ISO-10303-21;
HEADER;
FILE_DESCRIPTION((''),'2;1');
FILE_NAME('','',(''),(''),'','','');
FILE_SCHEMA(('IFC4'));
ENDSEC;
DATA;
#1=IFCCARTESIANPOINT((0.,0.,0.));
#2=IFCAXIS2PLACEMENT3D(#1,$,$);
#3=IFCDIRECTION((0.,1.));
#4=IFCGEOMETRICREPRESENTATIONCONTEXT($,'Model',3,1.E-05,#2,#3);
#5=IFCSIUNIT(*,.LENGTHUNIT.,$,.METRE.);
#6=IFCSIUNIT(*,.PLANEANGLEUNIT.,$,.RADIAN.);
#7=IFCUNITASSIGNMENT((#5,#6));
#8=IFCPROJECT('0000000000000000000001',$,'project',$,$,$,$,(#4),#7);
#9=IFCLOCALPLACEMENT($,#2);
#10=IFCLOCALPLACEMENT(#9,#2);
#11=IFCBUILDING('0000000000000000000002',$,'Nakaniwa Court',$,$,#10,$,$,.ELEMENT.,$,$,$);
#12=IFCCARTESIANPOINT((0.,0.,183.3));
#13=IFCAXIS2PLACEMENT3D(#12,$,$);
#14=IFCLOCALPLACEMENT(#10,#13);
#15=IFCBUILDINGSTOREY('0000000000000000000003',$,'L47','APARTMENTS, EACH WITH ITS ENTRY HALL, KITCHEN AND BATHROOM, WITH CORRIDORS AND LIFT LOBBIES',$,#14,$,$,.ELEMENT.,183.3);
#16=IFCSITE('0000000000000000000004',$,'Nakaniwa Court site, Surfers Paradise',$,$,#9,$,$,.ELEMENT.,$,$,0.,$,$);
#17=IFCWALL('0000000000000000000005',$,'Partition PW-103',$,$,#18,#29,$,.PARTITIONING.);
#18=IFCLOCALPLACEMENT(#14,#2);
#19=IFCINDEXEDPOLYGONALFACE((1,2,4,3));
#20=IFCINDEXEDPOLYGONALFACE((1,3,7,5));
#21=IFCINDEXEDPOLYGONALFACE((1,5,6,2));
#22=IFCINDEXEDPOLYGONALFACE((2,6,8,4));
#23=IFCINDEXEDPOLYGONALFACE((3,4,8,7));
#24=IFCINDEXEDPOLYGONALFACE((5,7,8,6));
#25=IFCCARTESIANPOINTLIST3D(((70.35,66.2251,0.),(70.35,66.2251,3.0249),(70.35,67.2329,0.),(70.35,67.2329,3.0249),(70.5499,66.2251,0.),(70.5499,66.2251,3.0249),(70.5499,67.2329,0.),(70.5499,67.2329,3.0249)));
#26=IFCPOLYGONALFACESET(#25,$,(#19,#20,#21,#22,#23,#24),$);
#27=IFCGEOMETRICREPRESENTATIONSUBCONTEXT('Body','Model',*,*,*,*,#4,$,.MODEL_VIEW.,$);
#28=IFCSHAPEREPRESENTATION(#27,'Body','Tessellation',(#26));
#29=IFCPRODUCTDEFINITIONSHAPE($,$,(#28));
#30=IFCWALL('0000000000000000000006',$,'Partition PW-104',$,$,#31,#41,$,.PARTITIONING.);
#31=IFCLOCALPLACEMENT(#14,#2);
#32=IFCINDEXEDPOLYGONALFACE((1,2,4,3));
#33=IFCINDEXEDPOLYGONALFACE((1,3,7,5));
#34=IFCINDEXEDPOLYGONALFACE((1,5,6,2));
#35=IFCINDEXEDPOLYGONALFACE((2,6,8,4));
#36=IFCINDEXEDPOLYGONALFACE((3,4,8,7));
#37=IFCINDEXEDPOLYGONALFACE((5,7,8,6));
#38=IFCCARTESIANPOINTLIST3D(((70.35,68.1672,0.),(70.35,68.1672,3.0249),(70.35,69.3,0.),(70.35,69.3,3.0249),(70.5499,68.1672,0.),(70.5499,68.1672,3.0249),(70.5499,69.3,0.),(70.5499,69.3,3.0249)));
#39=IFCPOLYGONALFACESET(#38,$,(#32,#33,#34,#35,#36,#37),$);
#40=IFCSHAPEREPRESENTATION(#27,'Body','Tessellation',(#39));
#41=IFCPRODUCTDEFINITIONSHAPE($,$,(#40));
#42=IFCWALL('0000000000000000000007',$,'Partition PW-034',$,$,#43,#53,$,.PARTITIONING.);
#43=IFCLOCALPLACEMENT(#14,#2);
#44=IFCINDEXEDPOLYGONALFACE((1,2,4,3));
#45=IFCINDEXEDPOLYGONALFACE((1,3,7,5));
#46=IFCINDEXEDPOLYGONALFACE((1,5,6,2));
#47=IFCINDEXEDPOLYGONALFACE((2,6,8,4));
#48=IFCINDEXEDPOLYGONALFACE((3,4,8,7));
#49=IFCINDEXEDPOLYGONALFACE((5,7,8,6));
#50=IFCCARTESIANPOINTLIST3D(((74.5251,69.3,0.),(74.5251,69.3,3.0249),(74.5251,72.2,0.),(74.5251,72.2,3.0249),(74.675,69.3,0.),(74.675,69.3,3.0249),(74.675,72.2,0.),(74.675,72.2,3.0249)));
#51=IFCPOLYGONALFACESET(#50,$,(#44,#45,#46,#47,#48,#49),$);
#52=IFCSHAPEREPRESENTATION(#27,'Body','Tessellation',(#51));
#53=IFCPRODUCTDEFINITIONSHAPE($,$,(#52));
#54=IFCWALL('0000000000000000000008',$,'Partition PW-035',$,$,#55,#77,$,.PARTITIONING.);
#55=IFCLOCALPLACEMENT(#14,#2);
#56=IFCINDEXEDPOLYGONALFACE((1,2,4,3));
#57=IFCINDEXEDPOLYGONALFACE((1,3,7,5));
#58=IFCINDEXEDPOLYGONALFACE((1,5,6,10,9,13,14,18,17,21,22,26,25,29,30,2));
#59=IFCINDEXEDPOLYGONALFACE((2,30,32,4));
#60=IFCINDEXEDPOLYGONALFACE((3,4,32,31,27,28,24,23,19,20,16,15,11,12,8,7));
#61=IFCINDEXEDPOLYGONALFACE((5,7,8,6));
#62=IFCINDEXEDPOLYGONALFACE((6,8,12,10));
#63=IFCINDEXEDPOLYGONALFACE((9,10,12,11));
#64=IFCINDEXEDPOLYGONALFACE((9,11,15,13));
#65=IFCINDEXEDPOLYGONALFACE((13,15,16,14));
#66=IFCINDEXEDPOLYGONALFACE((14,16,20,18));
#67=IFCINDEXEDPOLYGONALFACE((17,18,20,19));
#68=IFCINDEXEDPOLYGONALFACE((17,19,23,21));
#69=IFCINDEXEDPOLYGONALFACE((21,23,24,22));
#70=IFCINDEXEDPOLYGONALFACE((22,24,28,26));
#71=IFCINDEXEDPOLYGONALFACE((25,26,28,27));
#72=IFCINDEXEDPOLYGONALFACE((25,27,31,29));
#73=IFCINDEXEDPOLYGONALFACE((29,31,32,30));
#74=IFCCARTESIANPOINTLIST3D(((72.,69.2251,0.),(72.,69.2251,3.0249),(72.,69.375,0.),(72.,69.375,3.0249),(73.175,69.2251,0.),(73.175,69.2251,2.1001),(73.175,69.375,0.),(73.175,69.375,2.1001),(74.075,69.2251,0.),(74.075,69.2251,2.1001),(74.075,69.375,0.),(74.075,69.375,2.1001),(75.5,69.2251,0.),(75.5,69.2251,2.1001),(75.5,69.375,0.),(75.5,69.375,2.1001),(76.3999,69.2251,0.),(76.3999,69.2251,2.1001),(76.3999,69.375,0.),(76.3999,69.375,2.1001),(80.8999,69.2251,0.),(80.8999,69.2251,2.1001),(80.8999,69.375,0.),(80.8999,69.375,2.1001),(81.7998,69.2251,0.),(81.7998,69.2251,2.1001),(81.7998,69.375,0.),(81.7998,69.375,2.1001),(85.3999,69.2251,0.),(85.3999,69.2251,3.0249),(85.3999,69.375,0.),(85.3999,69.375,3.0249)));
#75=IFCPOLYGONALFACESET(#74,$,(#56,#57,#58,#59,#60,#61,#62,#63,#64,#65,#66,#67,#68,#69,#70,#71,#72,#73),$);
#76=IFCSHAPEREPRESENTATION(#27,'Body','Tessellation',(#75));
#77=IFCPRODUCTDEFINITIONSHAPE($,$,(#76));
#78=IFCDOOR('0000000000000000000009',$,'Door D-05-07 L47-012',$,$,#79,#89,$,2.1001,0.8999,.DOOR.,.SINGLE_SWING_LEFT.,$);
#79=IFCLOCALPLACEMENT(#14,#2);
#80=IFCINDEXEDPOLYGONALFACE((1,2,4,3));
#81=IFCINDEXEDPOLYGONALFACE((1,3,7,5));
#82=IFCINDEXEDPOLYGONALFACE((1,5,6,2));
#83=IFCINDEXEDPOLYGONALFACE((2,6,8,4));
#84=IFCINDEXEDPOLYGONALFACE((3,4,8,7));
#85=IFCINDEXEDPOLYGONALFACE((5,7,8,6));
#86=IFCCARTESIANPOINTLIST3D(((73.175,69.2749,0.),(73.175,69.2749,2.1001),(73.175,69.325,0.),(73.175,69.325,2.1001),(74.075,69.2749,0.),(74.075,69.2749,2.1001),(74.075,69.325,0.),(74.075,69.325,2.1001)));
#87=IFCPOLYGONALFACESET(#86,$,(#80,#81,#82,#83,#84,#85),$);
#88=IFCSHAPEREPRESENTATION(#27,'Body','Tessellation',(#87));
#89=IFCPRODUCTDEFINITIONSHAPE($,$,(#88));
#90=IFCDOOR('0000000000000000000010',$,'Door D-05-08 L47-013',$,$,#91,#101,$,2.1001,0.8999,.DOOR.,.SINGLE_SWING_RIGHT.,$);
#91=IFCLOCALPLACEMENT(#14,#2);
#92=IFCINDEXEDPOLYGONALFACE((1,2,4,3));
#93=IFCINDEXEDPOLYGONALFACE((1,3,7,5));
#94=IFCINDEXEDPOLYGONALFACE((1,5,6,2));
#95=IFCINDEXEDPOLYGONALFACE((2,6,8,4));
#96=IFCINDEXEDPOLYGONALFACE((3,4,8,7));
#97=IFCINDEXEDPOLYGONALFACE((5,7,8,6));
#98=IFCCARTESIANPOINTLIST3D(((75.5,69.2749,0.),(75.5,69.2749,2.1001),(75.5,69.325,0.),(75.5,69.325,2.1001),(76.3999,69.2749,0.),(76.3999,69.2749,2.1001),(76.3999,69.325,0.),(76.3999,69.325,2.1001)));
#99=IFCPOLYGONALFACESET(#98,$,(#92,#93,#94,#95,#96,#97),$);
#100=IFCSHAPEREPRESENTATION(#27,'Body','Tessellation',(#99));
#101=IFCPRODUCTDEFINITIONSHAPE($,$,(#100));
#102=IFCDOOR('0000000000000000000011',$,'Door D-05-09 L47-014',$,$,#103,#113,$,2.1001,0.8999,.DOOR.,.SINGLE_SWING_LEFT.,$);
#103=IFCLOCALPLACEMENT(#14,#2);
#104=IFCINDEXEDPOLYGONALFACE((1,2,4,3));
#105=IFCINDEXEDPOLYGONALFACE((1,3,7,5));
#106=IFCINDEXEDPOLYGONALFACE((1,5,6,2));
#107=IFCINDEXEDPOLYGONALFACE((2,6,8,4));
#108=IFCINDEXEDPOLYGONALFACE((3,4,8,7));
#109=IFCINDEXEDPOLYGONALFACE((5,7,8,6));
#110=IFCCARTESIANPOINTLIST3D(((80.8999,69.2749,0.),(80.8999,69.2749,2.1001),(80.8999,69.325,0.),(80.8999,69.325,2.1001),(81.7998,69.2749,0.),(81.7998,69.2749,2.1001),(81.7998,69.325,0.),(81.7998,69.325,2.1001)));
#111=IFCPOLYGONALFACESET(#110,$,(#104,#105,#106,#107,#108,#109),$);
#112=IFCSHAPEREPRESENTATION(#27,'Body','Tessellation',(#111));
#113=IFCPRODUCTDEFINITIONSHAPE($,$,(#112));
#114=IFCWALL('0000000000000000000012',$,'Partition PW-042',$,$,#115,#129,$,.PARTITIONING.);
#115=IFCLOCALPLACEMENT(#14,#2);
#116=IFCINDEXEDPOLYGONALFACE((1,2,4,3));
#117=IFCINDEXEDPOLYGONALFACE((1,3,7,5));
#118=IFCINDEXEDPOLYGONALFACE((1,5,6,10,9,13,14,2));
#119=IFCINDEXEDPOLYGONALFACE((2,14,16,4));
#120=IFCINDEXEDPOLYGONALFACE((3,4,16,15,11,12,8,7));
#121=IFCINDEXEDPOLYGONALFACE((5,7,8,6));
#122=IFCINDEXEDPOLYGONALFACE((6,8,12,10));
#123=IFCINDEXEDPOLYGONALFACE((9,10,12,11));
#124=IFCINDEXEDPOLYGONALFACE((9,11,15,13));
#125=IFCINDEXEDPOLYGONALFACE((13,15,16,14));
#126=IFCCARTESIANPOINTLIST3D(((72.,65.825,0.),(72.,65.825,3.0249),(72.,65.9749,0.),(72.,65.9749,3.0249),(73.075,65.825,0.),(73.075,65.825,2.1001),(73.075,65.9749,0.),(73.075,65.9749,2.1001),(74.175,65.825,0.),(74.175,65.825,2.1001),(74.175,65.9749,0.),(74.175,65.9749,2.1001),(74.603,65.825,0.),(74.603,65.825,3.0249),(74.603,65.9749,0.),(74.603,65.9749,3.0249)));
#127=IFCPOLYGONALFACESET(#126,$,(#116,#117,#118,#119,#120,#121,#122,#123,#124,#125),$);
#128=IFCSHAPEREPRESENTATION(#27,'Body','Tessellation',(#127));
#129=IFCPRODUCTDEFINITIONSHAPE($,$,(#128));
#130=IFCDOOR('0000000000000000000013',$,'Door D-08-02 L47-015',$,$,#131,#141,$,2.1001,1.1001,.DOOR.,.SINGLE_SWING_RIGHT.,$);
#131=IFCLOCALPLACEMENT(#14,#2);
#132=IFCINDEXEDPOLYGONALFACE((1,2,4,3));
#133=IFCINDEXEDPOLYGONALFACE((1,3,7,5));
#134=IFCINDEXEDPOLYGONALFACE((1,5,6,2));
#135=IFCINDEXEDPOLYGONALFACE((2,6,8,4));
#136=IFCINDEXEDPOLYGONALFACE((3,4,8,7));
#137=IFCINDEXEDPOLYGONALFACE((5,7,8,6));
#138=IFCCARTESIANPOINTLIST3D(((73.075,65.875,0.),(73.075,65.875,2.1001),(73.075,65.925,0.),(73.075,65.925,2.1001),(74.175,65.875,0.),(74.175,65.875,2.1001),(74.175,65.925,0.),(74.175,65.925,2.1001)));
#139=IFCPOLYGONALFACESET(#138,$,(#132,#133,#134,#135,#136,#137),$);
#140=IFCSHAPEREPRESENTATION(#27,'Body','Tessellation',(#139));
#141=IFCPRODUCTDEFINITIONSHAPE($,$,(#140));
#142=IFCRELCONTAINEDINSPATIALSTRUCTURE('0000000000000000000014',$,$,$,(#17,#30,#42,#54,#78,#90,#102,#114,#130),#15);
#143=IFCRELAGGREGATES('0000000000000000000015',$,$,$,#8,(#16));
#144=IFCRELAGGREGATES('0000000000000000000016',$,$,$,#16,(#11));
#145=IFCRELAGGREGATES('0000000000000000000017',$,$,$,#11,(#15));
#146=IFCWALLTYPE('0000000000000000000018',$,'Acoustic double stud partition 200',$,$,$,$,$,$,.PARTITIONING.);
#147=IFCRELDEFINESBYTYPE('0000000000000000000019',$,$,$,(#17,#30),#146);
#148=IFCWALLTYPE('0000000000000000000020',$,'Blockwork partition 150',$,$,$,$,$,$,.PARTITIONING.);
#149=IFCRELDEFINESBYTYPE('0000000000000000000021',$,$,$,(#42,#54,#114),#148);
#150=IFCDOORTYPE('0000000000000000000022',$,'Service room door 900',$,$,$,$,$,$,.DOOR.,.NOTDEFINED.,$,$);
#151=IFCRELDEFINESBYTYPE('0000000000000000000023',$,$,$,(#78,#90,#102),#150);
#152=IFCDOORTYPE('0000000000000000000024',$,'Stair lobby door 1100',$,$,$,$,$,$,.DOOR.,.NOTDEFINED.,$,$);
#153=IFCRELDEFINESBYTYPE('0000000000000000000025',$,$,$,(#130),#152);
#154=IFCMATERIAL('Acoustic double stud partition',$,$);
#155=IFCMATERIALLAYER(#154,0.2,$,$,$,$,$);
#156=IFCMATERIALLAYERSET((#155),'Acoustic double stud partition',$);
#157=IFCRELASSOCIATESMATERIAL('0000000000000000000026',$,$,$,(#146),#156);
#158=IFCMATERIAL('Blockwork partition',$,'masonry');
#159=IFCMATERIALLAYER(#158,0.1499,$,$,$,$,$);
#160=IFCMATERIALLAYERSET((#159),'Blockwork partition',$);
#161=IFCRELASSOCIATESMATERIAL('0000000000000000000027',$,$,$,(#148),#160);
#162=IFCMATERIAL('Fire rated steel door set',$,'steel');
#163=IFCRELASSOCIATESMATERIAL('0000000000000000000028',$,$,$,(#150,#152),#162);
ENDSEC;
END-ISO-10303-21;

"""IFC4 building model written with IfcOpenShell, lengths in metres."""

from ifc_helpers import new_model, si_unit, direction, frame, frame_2d, origin, place, context, subcontext, project, spatial, rectangle, extrude, material, layer, layer_set, type_object, element, fill, save


model = new_model("IFC4")

# Units and contexts
model_context = context("Model", 3, precision=1e-05, world=origin(), true_north=direction((0.0, 1.0)))
body_context = subcontext(model_context, "Body", "Model", "MODEL_VIEW")
ifc_project = project(units=[si_unit("LENGTHUNIT", "METRE"), si_unit("PLANEANGLEUNIT", "RADIAN")], contexts=[model_context])

# Site, building, storey
site_placement = place(None, origin())
site = spatial("IfcSite", under=ifc_project, at=site_placement, Name="Nakaniwa Court site, Surfers Paradise", CompositionType="ELEMENT", RefElevation=0.0)
building_placement = place(site_placement, origin())
building = spatial("IfcBuilding", under=site, at=building_placement, Name="Nakaniwa Court", CompositionType="ELEMENT")
storey_placement = place(building_placement, frame((0.0, 0.0, 183.3)))
storey = spatial("IfcBuildingStorey", under=building, at=storey_placement, Name="L47", Description="APARTMENTS, EACH WITH ITS ENTRY HALL, KITCHEN AND BATHROOM, WITH CORRIDORS AND LIFT LOBBIES", CompositionType="ELEMENT", Elevation=183.3)

# Shared definitions
ifc_material_1 = material(Name="Acoustic double stud partition")
ifc_layer_1 = layer(ifc_material_1, 0.2)
ifc_layer_set_1 = layer_set([ifc_layer_1], Name="Acoustic double stud partition")
wall_type_1 = type_object("IfcWallType", Name="Acoustic double stud partition 200", PredefinedType="PARTITIONING", material=ifc_layer_set_1)

# Walls
wall_1_placement = place(storey_placement, frame((70.45, 66.2251, 0.0), z_axis=(0.0, 0.0, 1.0), x_axis=(0.0, 1.0, 0.0)))
element("IfcWall", 1, at=wall_1_placement, inside=storey, type_object=wall_type_1, Name="Partition PW-103", PredefinedType="PARTITIONING", context=body_context, shape_type="SweptSolid", body=[
    extrude(rectangle(XDim=1.0078, YDim=0.2, at=frame_2d((0.5039, 0.0))), origin(), (0.0, 0.0, 1.0), 3.0249),
])
wall_2_placement = place(storey_placement, frame((70.45, 68.1672, 0.0), z_axis=(0.0, 0.0, 1.0), x_axis=(0.0, 1.0, 0.0)))
element("IfcWall", 2, at=wall_2_placement, inside=storey, type_object=wall_type_1, Name="Partition PW-104", PredefinedType="PARTITIONING", context=body_context, shape_type="SweptSolid", body=[
    extrude(rectangle(XDim=1.1328, YDim=0.2, at=frame_2d((0.5664, 0.0))), origin(), (0.0, 0.0, 1.0), 3.0249),
])
ifc_material_2 = material(Name="Blockwork partition", Category="masonry")
ifc_layer_2 = layer(ifc_material_2, 0.1499)
ifc_layer_set_2 = layer_set([ifc_layer_2], Name="Blockwork partition")
wall_type_2 = type_object("IfcWallType", Name="Blockwork partition 150", PredefinedType="PARTITIONING", material=ifc_layer_set_2)
wall_3_placement = place(storey_placement, frame((74.6001, 69.3, 0.0), z_axis=(0.0, 0.0, 1.0), x_axis=(0.0, 1.0, 0.0)))
element("IfcWall", 3, at=wall_3_placement, inside=storey, type_object=wall_type_2, Name="Partition PW-034", PredefinedType="PARTITIONING", context=body_context, shape_type="SweptSolid", body=[
    extrude(rectangle(XDim=2.8999, YDim=0.1499, at=frame_2d((1.45, 0.0))), origin(), (0.0, 0.0, 1.0), 3.0249),
])

# Wall, openings, doors
wall_4_placement = place(storey_placement, frame((72.0, 69.3, 0.0), z_axis=(0.0, 0.0, 1.0), x_axis=(1.0, 0.0, 0.0)))
wall_4 = element("IfcWall", 4, at=wall_4_placement, inside=storey, type_object=wall_type_2, Name="Partition PW-035", PredefinedType="PARTITIONING", context=body_context, shape_type="SweptSolid", body=[
    extrude(rectangle(XDim=13.3999, YDim=0.1499, at=frame_2d((6.7, 0.0))), origin(), (0.0, 0.0, 1.0), 3.0249),
])
opening_1_placement = place(wall_4_placement, frame((1.175, 0.0, 0.0)))
opening_1 = element("IfcOpeningElement", 5, at=opening_1_placement, cuts=wall_4, PredefinedType="OPENING", context=body_context, shape_type="SweptSolid", body=[
    extrude(rectangle(XDim=0.8999, YDim=2.1001, at=frame_2d((0.45, 1.05))), frame((0.0, 0.085, 0.0), z_axis=(0.0, -1.0, 0.0), x_axis=(1.0, 0.0, 0.0)), (0.0, 0.0, 1.0), 0.1699),
])
opening_2_placement = place(wall_4_placement, frame((3.5, 0.0, 0.0)))
opening_2 = element("IfcOpeningElement", 6, at=opening_2_placement, cuts=wall_4, PredefinedType="OPENING", context=body_context, shape_type="SweptSolid", body=[
    extrude(rectangle(XDim=0.8999, YDim=2.1001, at=frame_2d((0.45, 1.05))), frame((0.0, 0.085, 0.0), z_axis=(0.0, -1.0, 0.0), x_axis=(1.0, 0.0, 0.0)), (0.0, 0.0, 1.0), 0.1699),
])
opening_3_placement = place(wall_4_placement, frame((8.8999, 0.0, 0.0)))
opening_3 = element("IfcOpeningElement", 7, at=opening_3_placement, cuts=wall_4, PredefinedType="OPENING", context=body_context, shape_type="SweptSolid", body=[
    extrude(rectangle(XDim=0.8999, YDim=2.1001, at=frame_2d((0.45, 1.05))), frame((0.0, 0.085, 0.0), z_axis=(0.0, -1.0, 0.0), x_axis=(1.0, 0.0, 0.0)), (0.0, 0.0, 1.0), 0.1699),
])
ifc_material_3 = material(Name="Fire rated steel door set", Category="steel")
door_type_1 = type_object("IfcDoorType", Name="Service room door 900", OperationType="NOTDEFINED", PredefinedType="DOOR", material=ifc_material_3)
door_1_placement = place(opening_1_placement, origin())
door_1 = element("IfcDoor", 8, at=door_1_placement, inside=storey, type_object=door_type_1, Name="Door D-05-07 L47-012", OperationType="SINGLE_SWING_LEFT", OverallHeight=2.1001, OverallWidth=0.8999, PredefinedType="DOOR", context=body_context, shape_type="SweptSolid", body=[
    extrude(rectangle(XDim=0.8999, YDim=2.1001, at=frame_2d((0.45, 1.05))), frame((0.0, 0.0249, 0.0), z_axis=(0.0, -1.0, 0.0), x_axis=(1.0, 0.0, 0.0)), (0.0, 0.0, 1.0), 0.05),
])
fill(opening_1, door_1)
door_2_placement = place(opening_2_placement, origin())
door_2 = element("IfcDoor", 9, at=door_2_placement, inside=storey, type_object=door_type_1, Name="Door D-05-08 L47-013", OperationType="SINGLE_SWING_RIGHT", OverallHeight=2.1001, OverallWidth=0.8999, PredefinedType="DOOR", context=body_context, shape_type="SweptSolid", body=[
    extrude(rectangle(XDim=0.8999, YDim=2.1001, at=frame_2d((0.45, 1.05))), frame((0.0, 0.0249, 0.0), z_axis=(0.0, -1.0, 0.0), x_axis=(1.0, 0.0, 0.0)), (0.0, 0.0, 1.0), 0.05),
])
fill(opening_2, door_2)
door_3_placement = place(opening_3_placement, origin())
door_3 = element("IfcDoor", 10, at=door_3_placement, inside=storey, type_object=door_type_1, Name="Door D-05-09 L47-014", OperationType="SINGLE_SWING_LEFT", OverallHeight=2.1001, OverallWidth=0.8999, PredefinedType="DOOR", context=body_context, shape_type="SweptSolid", body=[
    extrude(rectangle(XDim=0.8999, YDim=2.1001, at=frame_2d((0.45, 1.05))), frame((0.0, 0.0249, 0.0), z_axis=(0.0, -1.0, 0.0), x_axis=(1.0, 0.0, 0.0)), (0.0, 0.0, 1.0), 0.05),
])
fill(opening_3, door_3)

# Wall, opening, door
wall_5_placement = place(storey_placement, frame((74.603, 65.8999, 0.0), z_axis=(0.0, 0.0, 1.0), x_axis=(-1.0, 0.0, 0.0)))
wall_5 = element("IfcWall", 11, at=wall_5_placement, inside=storey, type_object=wall_type_2, Name="Partition PW-042", PredefinedType="PARTITIONING", context=body_context, shape_type="SweptSolid", body=[
    extrude(rectangle(XDim=2.603, YDim=0.1499, at=frame_2d((1.3015, 0.0))), origin(), (0.0, 0.0, 1.0), 3.0249),
])
opening_4_placement = place(wall_5_placement, frame((0.428, 0.0, 0.0)))
opening_4 = element("IfcOpeningElement", 12, at=opening_4_placement, cuts=wall_5, PredefinedType="OPENING", context=body_context, shape_type="SweptSolid", body=[
    extrude(rectangle(XDim=1.1001, YDim=2.1001, at=frame_2d((0.55, 1.05))), frame((0.0, 0.085, 0.0), z_axis=(0.0, -1.0, 0.0), x_axis=(1.0, 0.0, 0.0)), (0.0, 0.0, 1.0), 0.1699),
])
door_type_2 = type_object("IfcDoorType", Name="Stair lobby door 1100", OperationType="NOTDEFINED", PredefinedType="DOOR", material=ifc_material_3)
door_4_placement = place(opening_4_placement, origin())
door_4 = element("IfcDoor", 13, at=door_4_placement, inside=storey, type_object=door_type_2, Name="Door D-08-02 L47-015", OperationType="SINGLE_SWING_RIGHT", OverallHeight=2.1001, OverallWidth=1.1001, PredefinedType="DOOR", context=body_context, shape_type="SweptSolid", body=[
    extrude(rectangle(XDim=1.1001, YDim=2.1001, at=frame_2d((0.55, 1.05))), frame((0.0, 0.0249, 0.0), z_axis=(0.0, -1.0, 0.0), x_axis=(1.0, 0.0, 0.0)), (0.0, 0.0, 1.0), 0.05),
])
fill(opening_4, door_4)

save(model, "model.ifc")
